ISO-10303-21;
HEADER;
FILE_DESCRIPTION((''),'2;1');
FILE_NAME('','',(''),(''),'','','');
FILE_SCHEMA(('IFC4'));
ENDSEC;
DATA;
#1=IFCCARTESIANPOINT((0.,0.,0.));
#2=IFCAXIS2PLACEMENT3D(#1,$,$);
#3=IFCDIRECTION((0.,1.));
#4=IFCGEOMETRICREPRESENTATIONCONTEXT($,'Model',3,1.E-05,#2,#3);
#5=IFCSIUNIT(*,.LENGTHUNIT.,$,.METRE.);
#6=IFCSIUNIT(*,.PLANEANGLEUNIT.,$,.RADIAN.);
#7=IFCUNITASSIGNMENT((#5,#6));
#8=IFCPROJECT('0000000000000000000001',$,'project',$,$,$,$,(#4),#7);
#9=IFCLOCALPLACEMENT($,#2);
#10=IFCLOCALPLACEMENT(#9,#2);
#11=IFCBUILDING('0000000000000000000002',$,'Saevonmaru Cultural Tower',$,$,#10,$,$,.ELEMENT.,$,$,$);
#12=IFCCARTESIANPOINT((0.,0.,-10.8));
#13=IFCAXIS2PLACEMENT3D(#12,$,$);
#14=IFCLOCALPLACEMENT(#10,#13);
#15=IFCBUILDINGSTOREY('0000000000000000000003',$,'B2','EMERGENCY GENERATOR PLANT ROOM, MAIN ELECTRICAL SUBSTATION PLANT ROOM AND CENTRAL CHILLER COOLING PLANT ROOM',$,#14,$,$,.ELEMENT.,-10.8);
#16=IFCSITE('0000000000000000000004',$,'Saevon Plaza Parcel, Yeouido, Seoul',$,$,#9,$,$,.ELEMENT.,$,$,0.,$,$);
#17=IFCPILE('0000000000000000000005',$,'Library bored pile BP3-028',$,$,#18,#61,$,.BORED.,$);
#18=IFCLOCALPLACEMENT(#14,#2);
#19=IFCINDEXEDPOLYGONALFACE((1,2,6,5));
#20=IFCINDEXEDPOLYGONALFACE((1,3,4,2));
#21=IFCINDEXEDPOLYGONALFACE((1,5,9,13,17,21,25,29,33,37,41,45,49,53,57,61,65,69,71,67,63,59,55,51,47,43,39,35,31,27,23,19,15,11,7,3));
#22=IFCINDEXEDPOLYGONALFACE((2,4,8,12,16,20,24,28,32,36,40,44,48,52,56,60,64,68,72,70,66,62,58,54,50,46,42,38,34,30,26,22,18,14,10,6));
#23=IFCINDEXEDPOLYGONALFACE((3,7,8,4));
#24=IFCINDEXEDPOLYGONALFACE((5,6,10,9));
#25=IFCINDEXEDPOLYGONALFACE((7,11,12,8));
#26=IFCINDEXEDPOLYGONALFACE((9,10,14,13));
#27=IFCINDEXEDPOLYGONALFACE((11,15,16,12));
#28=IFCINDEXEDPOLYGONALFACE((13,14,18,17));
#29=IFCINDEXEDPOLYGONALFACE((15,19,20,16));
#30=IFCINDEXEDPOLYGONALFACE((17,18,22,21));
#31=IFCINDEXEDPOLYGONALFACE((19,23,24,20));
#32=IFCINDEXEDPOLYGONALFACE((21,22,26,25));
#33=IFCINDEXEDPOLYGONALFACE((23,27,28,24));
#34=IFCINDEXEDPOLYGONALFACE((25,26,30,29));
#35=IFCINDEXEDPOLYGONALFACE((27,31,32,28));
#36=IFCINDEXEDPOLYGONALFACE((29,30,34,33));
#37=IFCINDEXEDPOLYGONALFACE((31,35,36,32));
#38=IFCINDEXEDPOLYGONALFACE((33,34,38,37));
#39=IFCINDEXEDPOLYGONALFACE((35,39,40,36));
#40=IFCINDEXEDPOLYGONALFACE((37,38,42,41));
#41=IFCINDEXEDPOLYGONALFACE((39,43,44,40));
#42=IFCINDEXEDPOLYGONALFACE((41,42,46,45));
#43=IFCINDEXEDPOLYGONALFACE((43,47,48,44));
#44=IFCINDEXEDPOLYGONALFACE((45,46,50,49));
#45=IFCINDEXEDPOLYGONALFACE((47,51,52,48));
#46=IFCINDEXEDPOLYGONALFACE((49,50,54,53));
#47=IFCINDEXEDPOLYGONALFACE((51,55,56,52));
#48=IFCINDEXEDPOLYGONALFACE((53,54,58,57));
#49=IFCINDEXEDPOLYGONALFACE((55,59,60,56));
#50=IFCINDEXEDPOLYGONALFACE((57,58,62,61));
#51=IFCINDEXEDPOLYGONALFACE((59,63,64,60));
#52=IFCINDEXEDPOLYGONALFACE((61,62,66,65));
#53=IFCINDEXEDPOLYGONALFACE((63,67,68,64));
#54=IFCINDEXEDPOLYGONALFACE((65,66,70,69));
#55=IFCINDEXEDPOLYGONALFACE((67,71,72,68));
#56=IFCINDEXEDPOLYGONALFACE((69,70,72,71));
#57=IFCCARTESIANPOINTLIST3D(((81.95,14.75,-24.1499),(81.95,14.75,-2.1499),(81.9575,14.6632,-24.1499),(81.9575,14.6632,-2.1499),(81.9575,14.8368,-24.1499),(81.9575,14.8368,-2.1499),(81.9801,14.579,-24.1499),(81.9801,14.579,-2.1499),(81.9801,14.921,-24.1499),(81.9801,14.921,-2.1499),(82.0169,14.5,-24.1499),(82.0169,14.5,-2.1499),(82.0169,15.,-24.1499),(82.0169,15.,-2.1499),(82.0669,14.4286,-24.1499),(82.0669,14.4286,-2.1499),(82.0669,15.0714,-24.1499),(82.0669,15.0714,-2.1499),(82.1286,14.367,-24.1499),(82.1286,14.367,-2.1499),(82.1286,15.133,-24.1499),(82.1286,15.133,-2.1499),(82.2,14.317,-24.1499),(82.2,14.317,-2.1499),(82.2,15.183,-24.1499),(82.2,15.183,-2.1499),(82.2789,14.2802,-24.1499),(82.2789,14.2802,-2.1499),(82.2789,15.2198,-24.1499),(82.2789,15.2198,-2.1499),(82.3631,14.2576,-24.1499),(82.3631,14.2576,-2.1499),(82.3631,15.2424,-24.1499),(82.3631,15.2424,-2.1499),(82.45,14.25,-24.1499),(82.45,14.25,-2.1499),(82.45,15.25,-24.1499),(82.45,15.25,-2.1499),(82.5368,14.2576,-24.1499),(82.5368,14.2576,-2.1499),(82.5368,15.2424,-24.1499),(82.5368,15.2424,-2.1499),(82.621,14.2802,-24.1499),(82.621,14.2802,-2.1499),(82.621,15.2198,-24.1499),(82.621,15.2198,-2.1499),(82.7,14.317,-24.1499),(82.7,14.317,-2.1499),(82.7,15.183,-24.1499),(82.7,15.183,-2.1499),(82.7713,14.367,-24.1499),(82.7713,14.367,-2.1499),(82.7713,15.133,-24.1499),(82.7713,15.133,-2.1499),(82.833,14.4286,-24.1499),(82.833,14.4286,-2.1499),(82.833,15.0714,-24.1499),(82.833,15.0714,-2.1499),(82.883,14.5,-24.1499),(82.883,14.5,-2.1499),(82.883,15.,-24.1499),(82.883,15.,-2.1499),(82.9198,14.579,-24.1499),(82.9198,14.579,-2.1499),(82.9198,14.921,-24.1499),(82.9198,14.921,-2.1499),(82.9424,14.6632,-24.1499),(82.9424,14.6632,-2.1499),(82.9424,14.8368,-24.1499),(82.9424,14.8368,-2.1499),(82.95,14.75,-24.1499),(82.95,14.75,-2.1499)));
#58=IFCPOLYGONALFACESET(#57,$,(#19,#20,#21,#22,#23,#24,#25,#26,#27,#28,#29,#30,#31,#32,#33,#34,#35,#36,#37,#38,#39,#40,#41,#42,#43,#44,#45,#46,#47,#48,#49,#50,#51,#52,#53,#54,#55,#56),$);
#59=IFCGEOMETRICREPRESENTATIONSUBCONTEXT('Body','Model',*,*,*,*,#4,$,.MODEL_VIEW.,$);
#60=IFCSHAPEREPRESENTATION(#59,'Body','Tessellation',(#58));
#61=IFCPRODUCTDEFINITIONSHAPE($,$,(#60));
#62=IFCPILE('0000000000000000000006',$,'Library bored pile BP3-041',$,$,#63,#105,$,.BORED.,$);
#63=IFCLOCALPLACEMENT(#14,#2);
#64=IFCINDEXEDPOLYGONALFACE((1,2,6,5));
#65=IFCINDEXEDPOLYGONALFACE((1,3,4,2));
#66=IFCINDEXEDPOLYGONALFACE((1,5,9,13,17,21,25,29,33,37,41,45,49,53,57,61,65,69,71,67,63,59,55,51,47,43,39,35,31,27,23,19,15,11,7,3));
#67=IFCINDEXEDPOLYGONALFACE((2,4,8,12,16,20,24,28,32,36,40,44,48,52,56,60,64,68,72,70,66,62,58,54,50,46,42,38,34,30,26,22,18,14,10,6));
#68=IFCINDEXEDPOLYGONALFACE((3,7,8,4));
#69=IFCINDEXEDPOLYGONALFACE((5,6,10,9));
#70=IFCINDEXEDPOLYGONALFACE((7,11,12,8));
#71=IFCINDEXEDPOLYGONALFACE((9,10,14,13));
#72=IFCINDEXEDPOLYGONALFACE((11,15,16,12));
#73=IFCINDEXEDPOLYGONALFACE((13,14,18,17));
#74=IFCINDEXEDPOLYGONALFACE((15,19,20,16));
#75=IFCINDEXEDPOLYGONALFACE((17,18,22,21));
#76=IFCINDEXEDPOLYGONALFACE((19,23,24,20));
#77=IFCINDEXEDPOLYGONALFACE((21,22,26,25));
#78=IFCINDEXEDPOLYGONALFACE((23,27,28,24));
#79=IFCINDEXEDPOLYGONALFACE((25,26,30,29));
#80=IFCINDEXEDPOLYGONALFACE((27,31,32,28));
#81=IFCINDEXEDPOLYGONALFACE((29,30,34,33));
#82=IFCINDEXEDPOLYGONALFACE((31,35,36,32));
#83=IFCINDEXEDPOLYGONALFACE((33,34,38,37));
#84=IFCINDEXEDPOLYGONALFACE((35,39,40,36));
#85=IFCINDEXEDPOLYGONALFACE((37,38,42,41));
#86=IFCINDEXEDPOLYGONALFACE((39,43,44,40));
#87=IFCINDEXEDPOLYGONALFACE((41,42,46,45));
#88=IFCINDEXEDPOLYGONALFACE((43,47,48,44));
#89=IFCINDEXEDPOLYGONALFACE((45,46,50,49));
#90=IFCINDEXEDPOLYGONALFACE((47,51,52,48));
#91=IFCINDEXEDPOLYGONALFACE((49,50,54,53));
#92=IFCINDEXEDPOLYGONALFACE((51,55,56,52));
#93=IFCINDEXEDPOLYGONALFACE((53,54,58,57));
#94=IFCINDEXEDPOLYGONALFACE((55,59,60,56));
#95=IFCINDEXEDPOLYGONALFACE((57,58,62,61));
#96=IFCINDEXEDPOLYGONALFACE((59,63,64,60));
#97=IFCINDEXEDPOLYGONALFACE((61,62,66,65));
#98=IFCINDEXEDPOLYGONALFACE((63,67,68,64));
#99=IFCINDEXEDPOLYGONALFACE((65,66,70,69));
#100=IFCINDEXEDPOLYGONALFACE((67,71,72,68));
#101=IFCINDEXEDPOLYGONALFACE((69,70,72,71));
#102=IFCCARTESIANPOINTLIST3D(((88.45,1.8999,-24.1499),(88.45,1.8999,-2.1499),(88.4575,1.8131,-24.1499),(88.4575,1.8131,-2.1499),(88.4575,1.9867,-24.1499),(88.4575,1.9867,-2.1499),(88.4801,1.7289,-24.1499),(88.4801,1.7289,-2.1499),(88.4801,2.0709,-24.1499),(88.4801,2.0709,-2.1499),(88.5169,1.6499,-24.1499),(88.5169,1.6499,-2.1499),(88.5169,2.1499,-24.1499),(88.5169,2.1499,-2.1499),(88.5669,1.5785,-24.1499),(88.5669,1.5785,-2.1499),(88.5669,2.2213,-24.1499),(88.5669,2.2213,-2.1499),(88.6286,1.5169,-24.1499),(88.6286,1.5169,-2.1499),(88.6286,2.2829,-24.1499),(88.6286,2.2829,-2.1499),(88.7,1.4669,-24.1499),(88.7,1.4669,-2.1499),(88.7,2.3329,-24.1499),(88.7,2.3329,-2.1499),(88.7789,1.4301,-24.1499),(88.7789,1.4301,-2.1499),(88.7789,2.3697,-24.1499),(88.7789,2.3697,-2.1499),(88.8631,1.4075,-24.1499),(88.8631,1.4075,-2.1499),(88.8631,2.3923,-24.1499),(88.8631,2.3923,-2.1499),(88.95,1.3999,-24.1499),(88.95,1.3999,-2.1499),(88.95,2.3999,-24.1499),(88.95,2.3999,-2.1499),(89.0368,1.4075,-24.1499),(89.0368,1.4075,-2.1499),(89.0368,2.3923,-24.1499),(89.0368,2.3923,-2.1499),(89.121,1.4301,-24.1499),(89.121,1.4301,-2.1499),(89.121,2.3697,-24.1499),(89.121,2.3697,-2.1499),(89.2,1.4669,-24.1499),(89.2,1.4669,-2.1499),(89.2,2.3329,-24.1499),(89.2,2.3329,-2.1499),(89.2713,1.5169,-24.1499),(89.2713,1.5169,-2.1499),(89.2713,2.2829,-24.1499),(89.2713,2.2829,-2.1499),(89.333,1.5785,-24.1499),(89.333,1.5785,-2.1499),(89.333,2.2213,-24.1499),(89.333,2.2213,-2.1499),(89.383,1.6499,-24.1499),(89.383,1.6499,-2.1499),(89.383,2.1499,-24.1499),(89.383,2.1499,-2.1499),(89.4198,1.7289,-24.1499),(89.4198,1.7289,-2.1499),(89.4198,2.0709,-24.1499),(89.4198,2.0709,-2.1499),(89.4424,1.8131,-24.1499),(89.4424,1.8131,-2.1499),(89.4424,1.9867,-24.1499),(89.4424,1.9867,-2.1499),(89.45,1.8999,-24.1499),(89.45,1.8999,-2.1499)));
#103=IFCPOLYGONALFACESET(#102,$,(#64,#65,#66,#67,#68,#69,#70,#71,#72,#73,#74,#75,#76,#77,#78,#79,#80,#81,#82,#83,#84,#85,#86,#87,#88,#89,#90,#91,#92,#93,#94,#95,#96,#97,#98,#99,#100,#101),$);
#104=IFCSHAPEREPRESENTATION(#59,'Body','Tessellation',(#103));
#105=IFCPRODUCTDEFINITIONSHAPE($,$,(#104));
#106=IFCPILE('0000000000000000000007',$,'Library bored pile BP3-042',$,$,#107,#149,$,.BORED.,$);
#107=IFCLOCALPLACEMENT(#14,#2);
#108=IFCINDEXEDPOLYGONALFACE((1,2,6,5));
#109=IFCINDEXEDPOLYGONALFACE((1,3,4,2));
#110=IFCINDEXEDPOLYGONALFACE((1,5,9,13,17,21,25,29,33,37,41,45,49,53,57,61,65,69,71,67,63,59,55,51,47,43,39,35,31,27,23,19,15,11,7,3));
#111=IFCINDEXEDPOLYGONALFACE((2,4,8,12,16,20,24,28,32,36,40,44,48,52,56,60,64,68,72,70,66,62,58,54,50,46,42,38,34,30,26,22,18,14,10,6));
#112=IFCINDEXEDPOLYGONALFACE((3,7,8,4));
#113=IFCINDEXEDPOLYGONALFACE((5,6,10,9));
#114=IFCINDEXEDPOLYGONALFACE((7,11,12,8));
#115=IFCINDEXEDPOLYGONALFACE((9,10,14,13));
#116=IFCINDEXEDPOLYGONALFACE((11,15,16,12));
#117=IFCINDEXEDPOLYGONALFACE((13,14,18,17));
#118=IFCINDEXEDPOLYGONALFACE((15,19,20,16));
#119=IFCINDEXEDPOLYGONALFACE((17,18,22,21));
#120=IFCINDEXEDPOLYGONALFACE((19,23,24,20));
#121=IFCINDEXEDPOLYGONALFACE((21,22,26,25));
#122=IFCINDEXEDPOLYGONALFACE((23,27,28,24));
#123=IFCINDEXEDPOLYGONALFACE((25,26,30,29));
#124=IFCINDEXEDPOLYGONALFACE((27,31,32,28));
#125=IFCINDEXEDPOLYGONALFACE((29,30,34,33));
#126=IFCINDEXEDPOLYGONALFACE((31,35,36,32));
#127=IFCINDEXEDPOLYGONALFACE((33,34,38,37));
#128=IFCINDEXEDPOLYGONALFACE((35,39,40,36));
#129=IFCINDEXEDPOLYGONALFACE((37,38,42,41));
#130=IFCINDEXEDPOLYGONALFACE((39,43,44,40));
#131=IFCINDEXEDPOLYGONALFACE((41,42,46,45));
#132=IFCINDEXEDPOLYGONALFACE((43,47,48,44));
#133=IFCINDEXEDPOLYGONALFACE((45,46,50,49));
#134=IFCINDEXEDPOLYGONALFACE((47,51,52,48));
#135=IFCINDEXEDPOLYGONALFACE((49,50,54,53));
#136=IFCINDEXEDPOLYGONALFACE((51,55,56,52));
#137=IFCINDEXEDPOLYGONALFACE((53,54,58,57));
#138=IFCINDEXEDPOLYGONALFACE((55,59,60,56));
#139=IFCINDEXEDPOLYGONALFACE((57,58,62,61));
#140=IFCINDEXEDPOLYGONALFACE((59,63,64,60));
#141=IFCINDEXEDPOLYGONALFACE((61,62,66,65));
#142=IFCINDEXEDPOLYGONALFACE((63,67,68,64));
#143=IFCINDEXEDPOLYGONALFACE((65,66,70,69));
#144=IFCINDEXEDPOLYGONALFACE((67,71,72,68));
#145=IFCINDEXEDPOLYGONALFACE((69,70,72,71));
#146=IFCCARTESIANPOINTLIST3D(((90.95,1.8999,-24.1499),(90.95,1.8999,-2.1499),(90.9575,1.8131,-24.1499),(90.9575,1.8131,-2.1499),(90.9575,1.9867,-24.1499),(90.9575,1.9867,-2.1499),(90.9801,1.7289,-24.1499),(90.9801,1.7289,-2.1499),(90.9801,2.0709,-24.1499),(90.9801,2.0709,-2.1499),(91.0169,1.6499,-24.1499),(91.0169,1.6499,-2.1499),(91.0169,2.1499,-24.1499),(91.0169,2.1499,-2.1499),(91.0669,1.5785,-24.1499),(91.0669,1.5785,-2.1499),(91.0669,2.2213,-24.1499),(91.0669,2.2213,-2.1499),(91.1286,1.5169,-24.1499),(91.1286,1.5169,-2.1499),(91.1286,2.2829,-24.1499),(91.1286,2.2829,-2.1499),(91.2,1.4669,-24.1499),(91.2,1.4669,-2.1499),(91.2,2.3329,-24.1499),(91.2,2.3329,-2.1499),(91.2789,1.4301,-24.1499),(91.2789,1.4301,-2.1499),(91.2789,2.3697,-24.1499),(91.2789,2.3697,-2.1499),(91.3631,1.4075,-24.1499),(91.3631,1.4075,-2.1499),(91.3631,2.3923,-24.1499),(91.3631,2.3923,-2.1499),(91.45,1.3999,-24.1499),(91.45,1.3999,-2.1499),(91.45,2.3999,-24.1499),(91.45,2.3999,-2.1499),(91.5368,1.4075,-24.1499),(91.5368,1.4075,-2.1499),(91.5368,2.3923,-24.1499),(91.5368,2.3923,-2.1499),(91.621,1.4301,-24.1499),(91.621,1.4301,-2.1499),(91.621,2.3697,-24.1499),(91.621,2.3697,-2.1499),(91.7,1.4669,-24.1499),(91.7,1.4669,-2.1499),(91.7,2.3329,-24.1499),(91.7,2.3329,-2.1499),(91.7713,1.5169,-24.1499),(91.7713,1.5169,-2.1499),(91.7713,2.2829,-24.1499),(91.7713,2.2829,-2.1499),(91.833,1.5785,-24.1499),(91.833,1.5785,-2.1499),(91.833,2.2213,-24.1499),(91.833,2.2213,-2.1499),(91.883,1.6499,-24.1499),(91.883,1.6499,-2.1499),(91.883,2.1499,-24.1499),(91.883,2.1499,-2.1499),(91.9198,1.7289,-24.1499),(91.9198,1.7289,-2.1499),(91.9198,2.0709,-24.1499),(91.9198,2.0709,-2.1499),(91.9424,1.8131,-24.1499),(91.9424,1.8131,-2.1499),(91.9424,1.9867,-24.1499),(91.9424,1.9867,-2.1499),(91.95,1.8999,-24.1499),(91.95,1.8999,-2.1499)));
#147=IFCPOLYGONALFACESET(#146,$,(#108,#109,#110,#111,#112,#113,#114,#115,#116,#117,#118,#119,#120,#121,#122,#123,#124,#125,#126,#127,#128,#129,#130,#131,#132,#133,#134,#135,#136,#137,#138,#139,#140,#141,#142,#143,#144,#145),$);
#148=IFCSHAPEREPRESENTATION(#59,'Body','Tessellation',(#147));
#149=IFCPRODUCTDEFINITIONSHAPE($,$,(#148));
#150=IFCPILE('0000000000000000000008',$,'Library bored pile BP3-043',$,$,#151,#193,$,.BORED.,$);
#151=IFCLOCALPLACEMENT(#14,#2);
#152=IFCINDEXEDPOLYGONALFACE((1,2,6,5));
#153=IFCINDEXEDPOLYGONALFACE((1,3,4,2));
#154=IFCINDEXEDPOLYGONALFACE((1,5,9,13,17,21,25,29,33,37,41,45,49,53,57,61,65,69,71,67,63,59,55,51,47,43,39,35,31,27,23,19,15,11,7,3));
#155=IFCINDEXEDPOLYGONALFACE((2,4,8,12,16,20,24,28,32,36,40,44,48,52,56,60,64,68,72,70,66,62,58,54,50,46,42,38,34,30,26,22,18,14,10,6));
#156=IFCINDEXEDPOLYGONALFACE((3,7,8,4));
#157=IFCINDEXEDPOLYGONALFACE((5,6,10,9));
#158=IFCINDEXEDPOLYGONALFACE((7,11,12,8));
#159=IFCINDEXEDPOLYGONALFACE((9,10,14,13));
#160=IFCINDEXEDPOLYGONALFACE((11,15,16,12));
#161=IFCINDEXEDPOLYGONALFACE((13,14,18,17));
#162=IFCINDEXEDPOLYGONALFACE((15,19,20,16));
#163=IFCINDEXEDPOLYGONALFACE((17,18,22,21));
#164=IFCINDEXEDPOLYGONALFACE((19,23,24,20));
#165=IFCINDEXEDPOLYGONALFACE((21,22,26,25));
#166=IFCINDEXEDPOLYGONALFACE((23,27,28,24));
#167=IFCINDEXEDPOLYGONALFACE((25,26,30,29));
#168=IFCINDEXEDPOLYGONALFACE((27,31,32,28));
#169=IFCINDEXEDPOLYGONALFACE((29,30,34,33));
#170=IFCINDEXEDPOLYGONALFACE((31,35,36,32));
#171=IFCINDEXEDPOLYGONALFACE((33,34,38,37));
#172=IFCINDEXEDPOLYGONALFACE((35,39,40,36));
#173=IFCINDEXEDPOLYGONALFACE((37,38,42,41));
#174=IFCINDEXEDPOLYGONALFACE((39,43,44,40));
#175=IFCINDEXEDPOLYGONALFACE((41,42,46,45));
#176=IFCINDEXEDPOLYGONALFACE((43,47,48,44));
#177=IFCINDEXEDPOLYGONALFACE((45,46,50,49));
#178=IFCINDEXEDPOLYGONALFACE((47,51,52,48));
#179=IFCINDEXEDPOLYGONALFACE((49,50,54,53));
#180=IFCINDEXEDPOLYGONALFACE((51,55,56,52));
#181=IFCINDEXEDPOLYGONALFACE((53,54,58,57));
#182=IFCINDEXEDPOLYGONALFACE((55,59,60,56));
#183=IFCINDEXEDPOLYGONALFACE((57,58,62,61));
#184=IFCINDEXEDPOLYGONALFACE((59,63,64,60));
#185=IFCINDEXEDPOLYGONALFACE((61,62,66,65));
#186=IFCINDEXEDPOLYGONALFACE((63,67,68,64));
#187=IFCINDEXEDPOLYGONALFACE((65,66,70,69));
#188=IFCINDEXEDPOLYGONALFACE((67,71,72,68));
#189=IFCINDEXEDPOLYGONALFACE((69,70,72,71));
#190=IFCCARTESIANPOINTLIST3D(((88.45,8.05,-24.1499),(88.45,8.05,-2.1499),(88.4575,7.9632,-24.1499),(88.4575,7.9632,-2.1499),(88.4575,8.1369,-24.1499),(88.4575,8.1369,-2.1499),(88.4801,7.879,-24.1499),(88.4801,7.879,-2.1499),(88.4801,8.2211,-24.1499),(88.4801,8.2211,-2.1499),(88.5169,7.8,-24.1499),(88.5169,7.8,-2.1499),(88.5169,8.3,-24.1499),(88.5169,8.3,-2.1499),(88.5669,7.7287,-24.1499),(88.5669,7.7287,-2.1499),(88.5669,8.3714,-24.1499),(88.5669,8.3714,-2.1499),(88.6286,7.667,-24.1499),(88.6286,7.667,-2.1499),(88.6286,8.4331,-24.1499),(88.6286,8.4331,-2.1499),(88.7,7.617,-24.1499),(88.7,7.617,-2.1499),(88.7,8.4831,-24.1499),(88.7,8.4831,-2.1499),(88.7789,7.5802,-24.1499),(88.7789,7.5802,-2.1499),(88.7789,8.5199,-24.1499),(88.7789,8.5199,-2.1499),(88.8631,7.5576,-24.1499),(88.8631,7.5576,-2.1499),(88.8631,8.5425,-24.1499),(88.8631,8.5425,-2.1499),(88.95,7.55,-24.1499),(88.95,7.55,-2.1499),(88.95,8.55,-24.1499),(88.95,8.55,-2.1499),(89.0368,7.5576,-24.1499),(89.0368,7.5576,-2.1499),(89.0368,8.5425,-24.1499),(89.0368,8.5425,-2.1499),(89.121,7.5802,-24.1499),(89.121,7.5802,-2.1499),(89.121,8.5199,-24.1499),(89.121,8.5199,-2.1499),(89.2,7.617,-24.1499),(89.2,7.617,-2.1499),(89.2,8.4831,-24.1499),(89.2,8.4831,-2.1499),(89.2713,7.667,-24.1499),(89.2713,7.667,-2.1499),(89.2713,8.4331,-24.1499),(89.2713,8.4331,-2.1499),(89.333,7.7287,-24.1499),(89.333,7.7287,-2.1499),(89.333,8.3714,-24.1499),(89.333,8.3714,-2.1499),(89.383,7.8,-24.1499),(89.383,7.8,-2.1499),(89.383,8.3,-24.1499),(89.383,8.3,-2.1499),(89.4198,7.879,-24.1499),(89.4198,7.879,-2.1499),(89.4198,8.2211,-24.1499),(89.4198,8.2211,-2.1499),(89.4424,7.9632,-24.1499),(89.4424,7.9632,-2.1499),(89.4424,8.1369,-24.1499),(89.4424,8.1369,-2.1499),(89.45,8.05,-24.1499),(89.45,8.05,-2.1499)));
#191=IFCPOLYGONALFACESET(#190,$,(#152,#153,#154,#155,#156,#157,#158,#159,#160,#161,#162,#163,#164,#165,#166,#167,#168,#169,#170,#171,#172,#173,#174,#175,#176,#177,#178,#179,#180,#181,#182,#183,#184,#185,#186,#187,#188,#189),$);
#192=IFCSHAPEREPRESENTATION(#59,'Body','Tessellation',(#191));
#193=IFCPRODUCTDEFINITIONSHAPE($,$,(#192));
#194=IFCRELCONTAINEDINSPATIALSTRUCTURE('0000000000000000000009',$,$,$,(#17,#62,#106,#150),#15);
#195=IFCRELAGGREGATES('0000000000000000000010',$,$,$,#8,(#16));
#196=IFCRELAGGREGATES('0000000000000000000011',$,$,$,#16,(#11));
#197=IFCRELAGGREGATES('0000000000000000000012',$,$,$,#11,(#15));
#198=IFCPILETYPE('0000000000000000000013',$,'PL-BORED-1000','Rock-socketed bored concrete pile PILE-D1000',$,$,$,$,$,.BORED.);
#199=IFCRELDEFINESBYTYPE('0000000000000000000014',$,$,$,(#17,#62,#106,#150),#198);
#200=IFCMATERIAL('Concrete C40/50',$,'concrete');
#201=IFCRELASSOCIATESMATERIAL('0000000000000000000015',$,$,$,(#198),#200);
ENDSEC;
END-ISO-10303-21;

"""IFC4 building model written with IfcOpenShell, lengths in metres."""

from ifc_helpers import new_model, si_unit, direction, frame, origin, origin_2d, place, context, subcontext, project, spatial, circle, extrude, material, material_profile, profile_set, type_object, element, save


model = new_model("IFC4")

# Units and contexts
model_context = context("Model", 3, precision=1e-05, world=origin(), true_north=direction((0.0, 1.0)))
body_context = subcontext(model_context, "Body", "Model", "MODEL_VIEW")
ifc_project = project(units=[si_unit("LENGTHUNIT", "METRE"), si_unit("PLANEANGLEUNIT", "RADIAN")], contexts=[model_context])

# Site, building, storey
site_placement = place(None, origin())
site = spatial("IfcSite", under=ifc_project, at=site_placement, Name="Saevon Plaza Parcel, Yeouido, Seoul", CompositionType="ELEMENT", RefElevation=0.0)
building_placement = place(site_placement, origin())
building = spatial("IfcBuilding", under=site, at=building_placement, Name="Saevonmaru Cultural Tower", CompositionType="ELEMENT")
storey_placement = place(building_placement, frame((0.0, 0.0, -10.8)))
storey = spatial("IfcBuildingStorey", under=building, at=storey_placement, Name="B2", Description="EMERGENCY GENERATOR PLANT ROOM, MAIN ELECTRICAL SUBSTATION PLANT ROOM AND CENTRAL CHILLER COOLING PLANT ROOM", CompositionType="ELEMENT", Elevation=-10.8)

# Piles
ifc_material_1 = material(Name="Concrete C40/50", Category="concrete")
ifc_material_profile_1 = material_profile(ifc_material_1, circle(Radius=0.5, at=origin_2d()), Name="PILE-D1000")
ifc_profile_set_1 = profile_set([ifc_material_profile_1], Name="Concrete C40/50")
pile_type = type_object("IfcPileType", Name="PL-BORED-1000", Description="Rock-socketed bored concrete pile PILE-D1000", PredefinedType="BORED", material=ifc_profile_set_1)
for number, where, z_axis, x_axis, name in (
    (1, (82.45, 14.75, -2.1499), (0.0, 0.0, -1.0), (1.0, 0.0, 0.0), "Library bored pile BP3-028"),
    (2, (88.95, 1.8999, -2.1499), (0.0, 0.0, -1.0), (1.0, 0.0, 0.0), "Library bored pile BP3-041"),
    (3, (91.45, 1.8999, -2.1499), (0.0, 0.0, -1.0), (1.0, 0.0, 0.0), "Library bored pile BP3-042"),
    (4, (88.95, 8.05, -2.1499), (0.0, 0.0, -1.0), (1.0, 0.0, 0.0), "Library bored pile BP3-043"),
):
    element("IfcPile", number, at=place(storey_placement, frame(where, z_axis=z_axis, x_axis=x_axis)), inside=storey, type_object=pile_type, Name=name, PredefinedType="BORED", context=body_context, shape_type="SweptSolid", body=[
        extrude(circle(Radius=0.5, at=origin_2d()), origin(), (0.0, 0.0, 1.0), 22.0),
    ])

save(model, "model.ifc")
